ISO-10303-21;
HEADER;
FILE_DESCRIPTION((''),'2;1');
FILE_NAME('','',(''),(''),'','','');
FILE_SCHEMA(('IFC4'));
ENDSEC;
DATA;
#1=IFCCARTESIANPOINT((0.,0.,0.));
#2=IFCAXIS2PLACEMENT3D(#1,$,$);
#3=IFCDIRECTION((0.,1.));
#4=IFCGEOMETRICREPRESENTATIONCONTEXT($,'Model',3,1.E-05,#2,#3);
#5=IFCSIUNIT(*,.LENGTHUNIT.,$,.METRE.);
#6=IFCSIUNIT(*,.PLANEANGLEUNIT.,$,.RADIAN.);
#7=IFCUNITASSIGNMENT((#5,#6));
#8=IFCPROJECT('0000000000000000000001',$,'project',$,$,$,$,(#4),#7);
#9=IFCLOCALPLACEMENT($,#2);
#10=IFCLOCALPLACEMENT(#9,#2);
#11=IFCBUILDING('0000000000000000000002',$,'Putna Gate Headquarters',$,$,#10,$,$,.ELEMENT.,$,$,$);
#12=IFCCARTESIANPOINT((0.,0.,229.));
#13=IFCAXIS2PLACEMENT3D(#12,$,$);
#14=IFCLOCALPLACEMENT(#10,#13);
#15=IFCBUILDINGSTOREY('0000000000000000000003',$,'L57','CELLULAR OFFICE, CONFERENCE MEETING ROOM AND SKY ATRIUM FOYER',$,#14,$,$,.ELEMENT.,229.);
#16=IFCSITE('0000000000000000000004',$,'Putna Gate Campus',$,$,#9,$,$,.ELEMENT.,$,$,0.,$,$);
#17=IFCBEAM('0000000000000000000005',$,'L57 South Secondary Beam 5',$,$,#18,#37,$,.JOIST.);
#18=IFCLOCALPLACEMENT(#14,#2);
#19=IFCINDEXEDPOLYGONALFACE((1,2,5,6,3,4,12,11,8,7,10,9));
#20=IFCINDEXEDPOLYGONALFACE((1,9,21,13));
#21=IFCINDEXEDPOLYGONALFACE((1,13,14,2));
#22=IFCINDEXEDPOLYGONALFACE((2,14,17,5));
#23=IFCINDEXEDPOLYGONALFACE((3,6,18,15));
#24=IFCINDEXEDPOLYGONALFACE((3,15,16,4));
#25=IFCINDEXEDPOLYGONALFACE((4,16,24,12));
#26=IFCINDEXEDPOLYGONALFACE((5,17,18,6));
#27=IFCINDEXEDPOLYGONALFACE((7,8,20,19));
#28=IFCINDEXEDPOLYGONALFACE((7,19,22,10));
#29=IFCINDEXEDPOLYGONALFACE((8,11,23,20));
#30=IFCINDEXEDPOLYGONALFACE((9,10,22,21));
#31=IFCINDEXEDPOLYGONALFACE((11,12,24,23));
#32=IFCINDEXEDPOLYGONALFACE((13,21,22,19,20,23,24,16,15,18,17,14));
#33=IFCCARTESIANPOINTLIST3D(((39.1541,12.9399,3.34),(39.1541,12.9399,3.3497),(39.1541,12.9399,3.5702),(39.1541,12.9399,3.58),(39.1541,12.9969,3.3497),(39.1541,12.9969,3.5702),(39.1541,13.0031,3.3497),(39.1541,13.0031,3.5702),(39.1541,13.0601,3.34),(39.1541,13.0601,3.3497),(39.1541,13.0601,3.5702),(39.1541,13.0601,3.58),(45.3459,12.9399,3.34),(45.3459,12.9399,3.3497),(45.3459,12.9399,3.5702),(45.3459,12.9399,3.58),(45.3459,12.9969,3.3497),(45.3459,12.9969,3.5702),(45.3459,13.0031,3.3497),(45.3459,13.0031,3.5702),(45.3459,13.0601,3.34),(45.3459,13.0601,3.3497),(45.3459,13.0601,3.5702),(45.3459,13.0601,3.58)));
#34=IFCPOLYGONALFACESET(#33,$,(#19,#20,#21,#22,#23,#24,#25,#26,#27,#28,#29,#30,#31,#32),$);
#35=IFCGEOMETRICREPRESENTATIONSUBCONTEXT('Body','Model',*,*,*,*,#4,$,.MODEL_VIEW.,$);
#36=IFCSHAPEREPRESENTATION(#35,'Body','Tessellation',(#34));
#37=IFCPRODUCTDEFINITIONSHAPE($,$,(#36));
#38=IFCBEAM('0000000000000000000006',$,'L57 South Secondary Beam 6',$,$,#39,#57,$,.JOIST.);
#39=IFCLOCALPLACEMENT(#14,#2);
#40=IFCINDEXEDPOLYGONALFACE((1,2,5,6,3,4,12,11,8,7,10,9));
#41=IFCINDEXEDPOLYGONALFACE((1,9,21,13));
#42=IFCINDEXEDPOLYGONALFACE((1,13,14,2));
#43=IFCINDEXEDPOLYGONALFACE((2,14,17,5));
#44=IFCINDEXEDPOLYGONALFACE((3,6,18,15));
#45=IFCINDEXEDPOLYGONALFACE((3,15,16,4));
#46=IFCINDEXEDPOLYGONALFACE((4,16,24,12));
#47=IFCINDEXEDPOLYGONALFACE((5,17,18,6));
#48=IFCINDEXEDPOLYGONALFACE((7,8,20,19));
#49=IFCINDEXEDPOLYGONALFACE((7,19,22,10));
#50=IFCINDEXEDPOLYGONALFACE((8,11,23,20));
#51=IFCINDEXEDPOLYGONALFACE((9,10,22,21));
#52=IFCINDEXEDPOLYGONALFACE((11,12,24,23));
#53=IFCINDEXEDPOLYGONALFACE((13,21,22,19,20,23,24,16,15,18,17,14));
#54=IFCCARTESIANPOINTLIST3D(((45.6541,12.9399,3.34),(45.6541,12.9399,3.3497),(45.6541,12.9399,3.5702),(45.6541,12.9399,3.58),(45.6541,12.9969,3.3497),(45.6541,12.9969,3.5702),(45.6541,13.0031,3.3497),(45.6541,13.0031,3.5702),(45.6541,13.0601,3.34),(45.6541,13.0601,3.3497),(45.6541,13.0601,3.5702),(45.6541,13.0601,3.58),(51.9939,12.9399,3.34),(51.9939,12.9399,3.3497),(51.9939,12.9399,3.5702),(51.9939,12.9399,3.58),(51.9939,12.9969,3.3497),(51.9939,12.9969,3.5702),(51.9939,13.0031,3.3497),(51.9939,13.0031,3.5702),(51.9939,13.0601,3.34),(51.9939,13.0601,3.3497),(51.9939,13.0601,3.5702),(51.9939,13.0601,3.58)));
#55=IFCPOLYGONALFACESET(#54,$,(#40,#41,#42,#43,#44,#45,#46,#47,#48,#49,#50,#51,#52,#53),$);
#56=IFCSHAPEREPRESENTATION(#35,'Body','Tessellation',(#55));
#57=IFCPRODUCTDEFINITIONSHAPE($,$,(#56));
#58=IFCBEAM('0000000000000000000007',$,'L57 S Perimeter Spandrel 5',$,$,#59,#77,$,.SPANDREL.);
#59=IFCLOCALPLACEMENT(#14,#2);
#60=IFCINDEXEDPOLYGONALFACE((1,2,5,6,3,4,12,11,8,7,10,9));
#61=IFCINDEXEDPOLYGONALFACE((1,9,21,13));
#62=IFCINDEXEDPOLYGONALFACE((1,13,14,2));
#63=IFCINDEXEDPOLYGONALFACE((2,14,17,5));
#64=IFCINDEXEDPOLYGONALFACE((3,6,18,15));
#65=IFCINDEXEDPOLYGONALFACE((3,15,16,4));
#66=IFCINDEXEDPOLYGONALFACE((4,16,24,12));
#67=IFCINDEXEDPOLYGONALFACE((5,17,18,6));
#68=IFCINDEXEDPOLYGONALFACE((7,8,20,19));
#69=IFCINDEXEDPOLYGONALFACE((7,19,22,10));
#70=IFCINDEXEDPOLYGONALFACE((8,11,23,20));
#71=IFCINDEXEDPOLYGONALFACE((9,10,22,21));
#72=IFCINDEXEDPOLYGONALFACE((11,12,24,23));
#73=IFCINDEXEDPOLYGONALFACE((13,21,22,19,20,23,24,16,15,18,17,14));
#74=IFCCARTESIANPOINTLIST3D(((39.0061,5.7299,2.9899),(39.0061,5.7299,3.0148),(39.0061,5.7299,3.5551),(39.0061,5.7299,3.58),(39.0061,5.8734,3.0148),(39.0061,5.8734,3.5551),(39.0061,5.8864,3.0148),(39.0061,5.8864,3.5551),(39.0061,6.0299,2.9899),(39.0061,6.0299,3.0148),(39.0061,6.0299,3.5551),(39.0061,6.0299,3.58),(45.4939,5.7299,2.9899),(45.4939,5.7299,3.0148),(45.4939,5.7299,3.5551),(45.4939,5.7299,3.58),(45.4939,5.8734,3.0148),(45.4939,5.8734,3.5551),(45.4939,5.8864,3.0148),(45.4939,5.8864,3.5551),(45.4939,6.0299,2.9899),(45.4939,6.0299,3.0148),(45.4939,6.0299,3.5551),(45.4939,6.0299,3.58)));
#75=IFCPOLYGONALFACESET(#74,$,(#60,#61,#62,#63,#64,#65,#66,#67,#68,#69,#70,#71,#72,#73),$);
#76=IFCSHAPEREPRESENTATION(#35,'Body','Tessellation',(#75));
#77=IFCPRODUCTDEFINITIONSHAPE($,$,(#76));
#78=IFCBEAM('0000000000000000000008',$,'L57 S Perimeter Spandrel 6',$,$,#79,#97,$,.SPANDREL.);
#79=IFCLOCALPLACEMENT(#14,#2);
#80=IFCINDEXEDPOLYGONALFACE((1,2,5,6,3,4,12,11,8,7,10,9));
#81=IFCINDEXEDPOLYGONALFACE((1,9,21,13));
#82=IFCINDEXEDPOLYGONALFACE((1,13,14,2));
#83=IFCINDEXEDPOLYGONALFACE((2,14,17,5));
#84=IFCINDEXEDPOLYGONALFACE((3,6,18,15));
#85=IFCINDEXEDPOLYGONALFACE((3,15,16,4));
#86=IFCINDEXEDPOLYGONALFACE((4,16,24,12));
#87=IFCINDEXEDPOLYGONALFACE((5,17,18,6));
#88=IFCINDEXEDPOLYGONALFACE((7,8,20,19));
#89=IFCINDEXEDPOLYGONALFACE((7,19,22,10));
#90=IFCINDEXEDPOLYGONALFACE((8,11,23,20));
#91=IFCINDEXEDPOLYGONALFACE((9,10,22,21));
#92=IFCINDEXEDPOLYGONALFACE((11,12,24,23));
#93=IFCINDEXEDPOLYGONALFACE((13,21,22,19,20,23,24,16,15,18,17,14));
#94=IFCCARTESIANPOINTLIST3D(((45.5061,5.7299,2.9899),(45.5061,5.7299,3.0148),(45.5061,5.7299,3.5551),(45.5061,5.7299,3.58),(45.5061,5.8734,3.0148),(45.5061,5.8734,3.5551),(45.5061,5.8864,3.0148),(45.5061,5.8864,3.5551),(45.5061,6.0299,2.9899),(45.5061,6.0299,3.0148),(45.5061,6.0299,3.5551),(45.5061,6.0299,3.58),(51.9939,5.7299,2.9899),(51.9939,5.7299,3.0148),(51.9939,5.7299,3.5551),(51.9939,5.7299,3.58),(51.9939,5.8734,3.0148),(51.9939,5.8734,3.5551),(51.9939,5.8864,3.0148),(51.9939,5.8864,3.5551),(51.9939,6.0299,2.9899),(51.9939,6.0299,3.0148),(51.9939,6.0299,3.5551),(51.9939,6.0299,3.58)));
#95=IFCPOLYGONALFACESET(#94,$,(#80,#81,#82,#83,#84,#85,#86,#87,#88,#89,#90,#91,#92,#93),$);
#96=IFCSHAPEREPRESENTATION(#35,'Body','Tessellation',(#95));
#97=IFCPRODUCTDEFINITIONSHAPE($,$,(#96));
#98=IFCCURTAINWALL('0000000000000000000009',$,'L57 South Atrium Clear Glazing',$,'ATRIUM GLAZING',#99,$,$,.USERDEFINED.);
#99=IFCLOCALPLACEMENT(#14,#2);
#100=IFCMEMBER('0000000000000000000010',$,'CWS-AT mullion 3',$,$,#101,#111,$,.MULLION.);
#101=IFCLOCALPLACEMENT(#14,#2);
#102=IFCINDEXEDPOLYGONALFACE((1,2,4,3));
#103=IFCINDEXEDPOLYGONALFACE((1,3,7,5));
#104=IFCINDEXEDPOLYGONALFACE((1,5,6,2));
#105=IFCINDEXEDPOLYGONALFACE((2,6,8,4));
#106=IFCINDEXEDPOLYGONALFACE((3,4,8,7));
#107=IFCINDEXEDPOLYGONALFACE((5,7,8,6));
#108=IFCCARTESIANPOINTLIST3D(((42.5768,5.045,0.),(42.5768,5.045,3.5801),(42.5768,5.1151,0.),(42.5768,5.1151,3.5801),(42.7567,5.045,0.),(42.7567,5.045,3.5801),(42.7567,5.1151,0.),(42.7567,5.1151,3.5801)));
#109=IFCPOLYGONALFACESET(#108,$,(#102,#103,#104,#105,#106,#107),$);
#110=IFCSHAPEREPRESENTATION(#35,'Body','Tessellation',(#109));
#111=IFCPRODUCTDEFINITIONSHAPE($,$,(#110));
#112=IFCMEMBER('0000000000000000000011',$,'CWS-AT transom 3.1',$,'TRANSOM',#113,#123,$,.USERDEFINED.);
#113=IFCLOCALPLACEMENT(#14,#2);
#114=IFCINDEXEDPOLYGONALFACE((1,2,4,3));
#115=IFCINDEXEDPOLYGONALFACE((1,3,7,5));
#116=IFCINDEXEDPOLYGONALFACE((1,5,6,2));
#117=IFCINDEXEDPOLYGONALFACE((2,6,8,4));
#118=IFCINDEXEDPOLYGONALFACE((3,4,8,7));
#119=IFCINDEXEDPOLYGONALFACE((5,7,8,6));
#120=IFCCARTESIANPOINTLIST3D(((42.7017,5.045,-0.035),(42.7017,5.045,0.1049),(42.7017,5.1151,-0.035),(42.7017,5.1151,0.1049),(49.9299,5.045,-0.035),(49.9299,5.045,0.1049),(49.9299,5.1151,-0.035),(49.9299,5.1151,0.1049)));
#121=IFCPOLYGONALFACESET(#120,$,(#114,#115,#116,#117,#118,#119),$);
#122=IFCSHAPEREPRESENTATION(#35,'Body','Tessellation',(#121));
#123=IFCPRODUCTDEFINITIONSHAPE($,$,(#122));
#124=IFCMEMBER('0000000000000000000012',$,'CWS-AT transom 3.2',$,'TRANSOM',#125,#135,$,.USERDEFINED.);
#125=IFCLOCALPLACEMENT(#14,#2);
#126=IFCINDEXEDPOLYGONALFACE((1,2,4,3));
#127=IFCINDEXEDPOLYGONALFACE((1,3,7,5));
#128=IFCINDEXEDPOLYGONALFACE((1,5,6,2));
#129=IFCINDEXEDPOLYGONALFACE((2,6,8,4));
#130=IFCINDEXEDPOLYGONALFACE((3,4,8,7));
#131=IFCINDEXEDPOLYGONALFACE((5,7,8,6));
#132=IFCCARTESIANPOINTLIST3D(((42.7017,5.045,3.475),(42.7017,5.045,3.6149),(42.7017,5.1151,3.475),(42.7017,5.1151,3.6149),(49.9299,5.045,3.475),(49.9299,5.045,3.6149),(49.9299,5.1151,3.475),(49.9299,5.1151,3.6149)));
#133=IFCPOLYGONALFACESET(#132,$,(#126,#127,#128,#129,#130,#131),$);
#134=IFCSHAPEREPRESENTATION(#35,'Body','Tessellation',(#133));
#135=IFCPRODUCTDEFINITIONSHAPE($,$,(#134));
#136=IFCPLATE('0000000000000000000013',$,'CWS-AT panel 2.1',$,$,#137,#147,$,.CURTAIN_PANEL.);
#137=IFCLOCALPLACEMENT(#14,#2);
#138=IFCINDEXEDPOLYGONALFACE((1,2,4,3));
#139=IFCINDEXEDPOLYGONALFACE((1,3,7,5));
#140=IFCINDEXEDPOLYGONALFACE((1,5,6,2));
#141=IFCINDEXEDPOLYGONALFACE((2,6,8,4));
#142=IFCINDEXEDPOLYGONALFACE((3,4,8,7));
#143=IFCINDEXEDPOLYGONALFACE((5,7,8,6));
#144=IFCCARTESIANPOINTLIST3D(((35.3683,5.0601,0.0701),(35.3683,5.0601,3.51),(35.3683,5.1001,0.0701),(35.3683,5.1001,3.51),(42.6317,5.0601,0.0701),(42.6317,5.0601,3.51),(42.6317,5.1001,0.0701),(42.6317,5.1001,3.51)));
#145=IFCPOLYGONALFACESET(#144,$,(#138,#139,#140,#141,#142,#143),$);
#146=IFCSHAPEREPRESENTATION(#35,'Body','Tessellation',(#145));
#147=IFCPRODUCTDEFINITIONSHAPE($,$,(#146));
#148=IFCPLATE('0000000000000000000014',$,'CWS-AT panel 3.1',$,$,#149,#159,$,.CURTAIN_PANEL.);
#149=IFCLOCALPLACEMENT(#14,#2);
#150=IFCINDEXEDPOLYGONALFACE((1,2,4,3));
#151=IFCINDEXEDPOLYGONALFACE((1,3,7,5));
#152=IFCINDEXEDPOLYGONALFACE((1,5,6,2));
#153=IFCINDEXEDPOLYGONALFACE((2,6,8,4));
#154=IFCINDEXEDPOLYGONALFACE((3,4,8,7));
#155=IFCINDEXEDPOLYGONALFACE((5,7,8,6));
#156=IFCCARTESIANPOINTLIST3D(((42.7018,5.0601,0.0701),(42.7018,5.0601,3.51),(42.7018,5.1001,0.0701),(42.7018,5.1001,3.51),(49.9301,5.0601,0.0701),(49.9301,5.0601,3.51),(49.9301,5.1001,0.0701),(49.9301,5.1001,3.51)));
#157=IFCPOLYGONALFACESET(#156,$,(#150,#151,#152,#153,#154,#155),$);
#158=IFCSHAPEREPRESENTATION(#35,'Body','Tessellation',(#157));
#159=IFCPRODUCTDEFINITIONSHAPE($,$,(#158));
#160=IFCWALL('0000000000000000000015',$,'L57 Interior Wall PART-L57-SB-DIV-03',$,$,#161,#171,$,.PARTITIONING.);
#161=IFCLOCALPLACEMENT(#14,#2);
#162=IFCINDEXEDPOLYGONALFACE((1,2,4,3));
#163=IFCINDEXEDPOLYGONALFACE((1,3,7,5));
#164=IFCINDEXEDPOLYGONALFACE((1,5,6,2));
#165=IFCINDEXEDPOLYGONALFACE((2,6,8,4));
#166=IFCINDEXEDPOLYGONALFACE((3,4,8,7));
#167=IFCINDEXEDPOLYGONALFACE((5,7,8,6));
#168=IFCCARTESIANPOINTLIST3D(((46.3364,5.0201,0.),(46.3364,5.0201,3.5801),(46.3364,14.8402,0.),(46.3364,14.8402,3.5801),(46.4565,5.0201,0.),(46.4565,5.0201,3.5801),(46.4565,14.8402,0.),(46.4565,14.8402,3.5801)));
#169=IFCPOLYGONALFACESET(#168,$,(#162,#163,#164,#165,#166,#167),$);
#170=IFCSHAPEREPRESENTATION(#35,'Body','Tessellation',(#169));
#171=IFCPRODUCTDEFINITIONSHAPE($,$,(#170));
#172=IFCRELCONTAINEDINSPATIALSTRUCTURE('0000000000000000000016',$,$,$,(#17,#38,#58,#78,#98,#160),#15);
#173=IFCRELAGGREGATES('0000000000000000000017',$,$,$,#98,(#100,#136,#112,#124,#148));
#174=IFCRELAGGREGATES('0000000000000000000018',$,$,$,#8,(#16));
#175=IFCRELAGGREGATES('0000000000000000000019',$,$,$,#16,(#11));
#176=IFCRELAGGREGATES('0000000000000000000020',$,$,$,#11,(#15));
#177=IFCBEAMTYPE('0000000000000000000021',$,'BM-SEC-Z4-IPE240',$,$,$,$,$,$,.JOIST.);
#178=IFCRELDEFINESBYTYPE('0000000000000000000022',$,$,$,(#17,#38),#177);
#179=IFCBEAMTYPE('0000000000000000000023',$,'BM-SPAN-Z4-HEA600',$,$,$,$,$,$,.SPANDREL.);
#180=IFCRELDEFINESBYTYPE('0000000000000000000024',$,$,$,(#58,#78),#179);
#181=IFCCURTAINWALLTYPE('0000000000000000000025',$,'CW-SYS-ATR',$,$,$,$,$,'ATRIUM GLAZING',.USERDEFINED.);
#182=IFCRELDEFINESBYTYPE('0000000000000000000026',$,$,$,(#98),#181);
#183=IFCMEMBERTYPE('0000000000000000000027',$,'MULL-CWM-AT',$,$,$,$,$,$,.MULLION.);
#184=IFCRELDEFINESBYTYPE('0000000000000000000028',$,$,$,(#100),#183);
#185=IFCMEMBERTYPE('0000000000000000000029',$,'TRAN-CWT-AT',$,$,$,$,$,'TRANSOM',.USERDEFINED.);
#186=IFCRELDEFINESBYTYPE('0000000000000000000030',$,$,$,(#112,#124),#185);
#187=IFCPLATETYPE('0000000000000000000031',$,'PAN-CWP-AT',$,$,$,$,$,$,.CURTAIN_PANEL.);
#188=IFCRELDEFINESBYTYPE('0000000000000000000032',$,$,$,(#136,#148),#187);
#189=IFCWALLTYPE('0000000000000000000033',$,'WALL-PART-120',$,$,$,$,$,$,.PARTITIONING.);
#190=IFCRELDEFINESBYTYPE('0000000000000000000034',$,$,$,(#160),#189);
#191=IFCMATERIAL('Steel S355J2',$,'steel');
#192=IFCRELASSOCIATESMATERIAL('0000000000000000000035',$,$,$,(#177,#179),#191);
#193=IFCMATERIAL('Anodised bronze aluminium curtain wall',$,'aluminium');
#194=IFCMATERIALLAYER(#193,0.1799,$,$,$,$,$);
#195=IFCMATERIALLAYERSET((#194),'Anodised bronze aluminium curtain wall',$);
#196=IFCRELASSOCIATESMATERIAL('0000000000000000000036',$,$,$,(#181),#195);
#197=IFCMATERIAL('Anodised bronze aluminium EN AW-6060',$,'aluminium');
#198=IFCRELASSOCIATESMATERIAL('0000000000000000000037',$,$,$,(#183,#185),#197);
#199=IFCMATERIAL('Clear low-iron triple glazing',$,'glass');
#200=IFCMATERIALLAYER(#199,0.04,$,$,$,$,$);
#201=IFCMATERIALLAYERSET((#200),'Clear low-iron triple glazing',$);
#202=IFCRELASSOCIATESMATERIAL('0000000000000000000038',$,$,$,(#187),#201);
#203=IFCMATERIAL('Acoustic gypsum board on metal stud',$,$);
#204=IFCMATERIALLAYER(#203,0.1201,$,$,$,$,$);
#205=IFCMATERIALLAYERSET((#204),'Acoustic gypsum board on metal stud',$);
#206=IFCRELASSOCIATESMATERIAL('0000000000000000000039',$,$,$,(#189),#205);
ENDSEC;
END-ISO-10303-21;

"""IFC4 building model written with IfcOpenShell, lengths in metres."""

from ifc_helpers import new_model, si_unit, direction, frame, frame_2d, origin, origin_2d, place, context, subcontext, project, spatial, rectangle, i_section, extrude, material, layer, layer_set, material_profile, profile_set, type_object, element, aggregate, save


model = new_model("IFC4")

# Units and contexts
model_context = context("Model", 3, precision=1e-05, world=origin(), true_north=direction((0.0, 1.0)))
body_context = subcontext(model_context, "Body", "Model", "MODEL_VIEW")
ifc_project = project(units=[si_unit("LENGTHUNIT", "METRE"), si_unit("PLANEANGLEUNIT", "RADIAN")], contexts=[model_context])

# Site, building, storey
site_placement = place(None, origin())
site = spatial("IfcSite", under=ifc_project, at=site_placement, Name="Putna Gate Campus", CompositionType="ELEMENT", RefElevation=0.0)
building_placement = place(site_placement, origin())
building = spatial("IfcBuilding", under=site, at=building_placement, Name="Putna Gate Headquarters", CompositionType="ELEMENT")
storey_placement = place(building_placement, frame((0.0, 0.0, 229.0)))
storey = spatial("IfcBuildingStorey", under=building, at=storey_placement, Name="L57", Description="CELLULAR OFFICE, CONFERENCE MEETING ROOM AND SKY ATRIUM FOYER", CompositionType="ELEMENT", Elevation=229.0)

# Beams
ifc_material_1 = material(Name="Steel S355J2", Category="steel")
ifc_material_profile_1 = material_profile(ifc_material_1, i_section(OverallWidth=0.1201, OverallDepth=0.24, WebThickness=0.0061, FlangeThickness=0.0098, at=origin_2d()), Name="Steel S355J2")
ifc_profile_set_1 = profile_set([ifc_material_profile_1], Name="Steel S355J2")
beam_type_1 = type_object("IfcBeamType", Name="BM-SEC-Z4-IPE240", PredefinedType="JOIST", material=ifc_profile_set_1)
beam_1_placement = place(storey_placement, frame((39.1541, 13.0, 3.46), z_axis=(1.0, 0.0, 0.0), x_axis=(0.0, 1.0, 0.0)))
element("IfcBeam", 1, at=beam_1_placement, inside=storey, type_object=beam_type_1, Name="L57 South Secondary Beam 5", PredefinedType="JOIST", context=body_context, shape_type="SweptSolid", body=[
    extrude(i_section(OverallWidth=0.1201, OverallDepth=0.24, WebThickness=0.0061, FlangeThickness=0.0098, at=origin_2d()), origin(), (0.0, 0.0, 1.0), 6.1919),
])
beam_2_placement = place(storey_placement, frame((45.6541, 13.0, 3.46), z_axis=(1.0, 0.0, 0.0), x_axis=(0.0, 1.0, 0.0)))
element("IfcBeam", 2, at=beam_2_placement, inside=storey, type_object=beam_type_1, Name="L57 South Secondary Beam 6", PredefinedType="JOIST", context=body_context, shape_type="SweptSolid", body=[
    extrude(i_section(OverallWidth=0.1201, OverallDepth=0.24, WebThickness=0.0061, FlangeThickness=0.0098, at=origin_2d()), origin(), (0.0, 0.0, 1.0), 6.3398),
])
ifc_material_profile_2 = material_profile(ifc_material_1, i_section(OverallWidth=0.3, OverallDepth=0.5901, WebThickness=0.0129, FlangeThickness=0.0249, at=origin_2d()), Name="Steel S355J2")
ifc_profile_set_2 = profile_set([ifc_material_profile_2], Name="Steel S355J2")
beam_type_2 = type_object("IfcBeamType", Name="BM-SPAN-Z4-HEA600", PredefinedType="SPANDREL", material=ifc_profile_set_2)
for number, where, z_axis, x_axis, name in (
    (3, (39.0061, 5.8799, 3.2849), (1.0, 0.0, 0.0), (0.0, 1.0, 0.0), "L57 S Perimeter Spandrel 5"),
    (4, (45.5061, 5.8799, 3.2849), (1.0, 0.0, 0.0), (0.0, 1.0, 0.0), "L57 S Perimeter Spandrel 6"),
):
    element("IfcBeam", number, at=place(storey_placement, frame(where, z_axis=z_axis, x_axis=x_axis)), inside=storey, type_object=beam_type_2, Name=name, PredefinedType="SPANDREL", context=body_context, shape_type="SweptSolid", body=[
        extrude(i_section(OverallWidth=0.3, OverallDepth=0.5901, WebThickness=0.0129, FlangeThickness=0.0249, at=origin_2d()), origin(), (0.0, 0.0, 1.0), 6.4878),
    ])

# Curtain wall, members, plates
ifc_material_2 = material(Name="Anodised bronze aluminium curtain wall", Category="aluminium")
ifc_layer_1 = layer(ifc_material_2, 0.1799)
ifc_layer_set_1 = layer_set([ifc_layer_1], Name="Anodised bronze aluminium curtain wall")
curtain_wall_type = type_object("IfcCurtainWallType", Name="CW-SYS-ATR", ElementType="ATRIUM GLAZING", PredefinedType="USERDEFINED", material=ifc_layer_set_1)
curtain_wall_placement = place(storey_placement, origin())
curtain_wall = element("IfcCurtainWall", 5, at=curtain_wall_placement, inside=storey, type_object=curtain_wall_type, Name="L57 South Atrium Clear Glazing", ObjectType="ATRIUM GLAZING", PredefinedType="USERDEFINED")
ifc_material_3 = material(Name="Anodised bronze aluminium EN AW-6060", Category="aluminium")
ifc_material_profile_3 = material_profile(ifc_material_3, rectangle(XDim=0.0701, YDim=0.1799, at=origin_2d()), Name="Anodised bronze aluminium EN AW-6060")
ifc_profile_set_3 = profile_set([ifc_material_profile_3], Name="Anodised bronze aluminium EN AW-6060")
member_type_1 = type_object("IfcMemberType", Name="MULL-CWM-AT", PredefinedType="MULLION", material=ifc_profile_set_3)
member_1_placement = place(storey_placement, frame((42.6667, 5.0801, 0.0), z_axis=(0.0, 0.0, 1.0), x_axis=(0.0, 1.0, 0.0)))
member_1 = element("IfcMember", 6, at=member_1_placement, type_object=member_type_1, Name="CWS-AT mullion 3", PredefinedType="MULLION", context=body_context, shape_type="SweptSolid", body=[
    extrude(rectangle(XDim=0.0701, YDim=0.1799, at=origin_2d()), origin(), (0.0, 0.0, 1.0), 3.5801),
])
ifc_material_profile_4 = material_profile(ifc_material_3, rectangle(XDim=0.0701, YDim=0.1399, at=origin_2d()), Name="Anodised bronze aluminium EN AW-6060")
ifc_profile_set_4 = profile_set([ifc_material_profile_4], Name="Anodised bronze aluminium EN AW-6060")
member_type_2 = type_object("IfcMemberType", Name="TRAN-CWT-AT", ElementType="TRANSOM", PredefinedType="USERDEFINED", material=ifc_profile_set_4)
member_2_placement = place(storey_placement, frame((42.7017, 5.0801, 0.0349), z_axis=(1.0, 0.0, 0.0), x_axis=(0.0, 1.0, 0.0)))
member_2 = element("IfcMember", 7, at=member_2_placement, type_object=member_type_2, Name="CWS-AT transom 3.1", ObjectType="TRANSOM", PredefinedType="USERDEFINED", context=body_context, shape_type="SweptSolid", body=[
    extrude(rectangle(XDim=0.0701, YDim=0.1399, at=origin_2d()), origin(), (0.0, 0.0, 1.0), 7.2283),
])
member_3_placement = place(storey_placement, frame((42.7017, 5.0801, 3.5449), z_axis=(1.0, 0.0, 0.0), x_axis=(0.0, 1.0, 0.0)))
member_3 = element("IfcMember", 8, at=member_3_placement, type_object=member_type_2, Name="CWS-AT transom 3.2", ObjectType="TRANSOM", PredefinedType="USERDEFINED", context=body_context, shape_type="SweptSolid", body=[
    extrude(rectangle(XDim=0.0701, YDim=0.1399, at=origin_2d()), origin(), (0.0, 0.0, 1.0), 7.2283),
])
ifc_material_4 = material(Name="Clear low-iron triple glazing", Category="glass")
ifc_layer_2 = layer(ifc_material_4, 0.04)
ifc_layer_set_2 = layer_set([ifc_layer_2], Name="Clear low-iron triple glazing")
plate_type = type_object("IfcPlateType", Name="PAN-CWP-AT", PredefinedType="CURTAIN_PANEL", material=ifc_layer_set_2)
plate_1_placement = place(storey_placement, frame((39.0, 5.0801, 0.0701), z_axis=(0.0, 0.0, 1.0), x_axis=(1.0, 0.0, 0.0)))
plate_1 = element("IfcPlate", 9, at=plate_1_placement, type_object=plate_type, Name="CWS-AT panel 2.1", PredefinedType="CURTAIN_PANEL", context=body_context, shape_type="SweptSolid", body=[
    extrude(rectangle(XDim=7.2634, YDim=0.04, at=origin_2d()), origin(), (0.0, 0.0, 1.0), 3.4399),
])
plate_2_placement = place(storey_placement, frame((46.3159, 5.0801, 0.0701), z_axis=(0.0, 0.0, 1.0), x_axis=(1.0, 0.0, 0.0)))
plate_2 = element("IfcPlate", 10, at=plate_2_placement, type_object=plate_type, Name="CWS-AT panel 3.1", PredefinedType="CURTAIN_PANEL", context=body_context, shape_type="SweptSolid", body=[
    extrude(rectangle(XDim=7.2283, YDim=0.04, at=origin_2d()), origin(), (0.0, 0.0, 1.0), 3.4399),
])
aggregate(curtain_wall, [member_1, plate_1, member_2, member_3, plate_2])

# Wall
ifc_material_5 = material(Name="Acoustic gypsum board on metal stud")
ifc_layer_3 = layer(ifc_material_5, 0.1201)
ifc_layer_set_3 = layer_set([ifc_layer_3], Name="Acoustic gypsum board on metal stud")
wall_type_1 = type_object("IfcWallType", Name="WALL-PART-120", PredefinedType="PARTITIONING", material=ifc_layer_set_3)
wall_1_placement = place(storey_placement, frame((46.3965, 5.02, 0.0), z_axis=(0.0, 0.0, 1.0), x_axis=(0.0, 1.0, 0.0)))
element("IfcWall", 11, at=wall_1_placement, inside=storey, type_object=wall_type_1, Name="L57 Interior Wall PART-L57-SB-DIV-03", PredefinedType="PARTITIONING", context=body_context, shape_type="SweptSolid", body=[
    extrude(rectangle(XDim=9.8201, YDim=0.1201, at=frame_2d((4.9102, 0.0))), origin(), (0.0, 0.0, 1.0), 3.5801),
])

save(model, "model.ifc")
